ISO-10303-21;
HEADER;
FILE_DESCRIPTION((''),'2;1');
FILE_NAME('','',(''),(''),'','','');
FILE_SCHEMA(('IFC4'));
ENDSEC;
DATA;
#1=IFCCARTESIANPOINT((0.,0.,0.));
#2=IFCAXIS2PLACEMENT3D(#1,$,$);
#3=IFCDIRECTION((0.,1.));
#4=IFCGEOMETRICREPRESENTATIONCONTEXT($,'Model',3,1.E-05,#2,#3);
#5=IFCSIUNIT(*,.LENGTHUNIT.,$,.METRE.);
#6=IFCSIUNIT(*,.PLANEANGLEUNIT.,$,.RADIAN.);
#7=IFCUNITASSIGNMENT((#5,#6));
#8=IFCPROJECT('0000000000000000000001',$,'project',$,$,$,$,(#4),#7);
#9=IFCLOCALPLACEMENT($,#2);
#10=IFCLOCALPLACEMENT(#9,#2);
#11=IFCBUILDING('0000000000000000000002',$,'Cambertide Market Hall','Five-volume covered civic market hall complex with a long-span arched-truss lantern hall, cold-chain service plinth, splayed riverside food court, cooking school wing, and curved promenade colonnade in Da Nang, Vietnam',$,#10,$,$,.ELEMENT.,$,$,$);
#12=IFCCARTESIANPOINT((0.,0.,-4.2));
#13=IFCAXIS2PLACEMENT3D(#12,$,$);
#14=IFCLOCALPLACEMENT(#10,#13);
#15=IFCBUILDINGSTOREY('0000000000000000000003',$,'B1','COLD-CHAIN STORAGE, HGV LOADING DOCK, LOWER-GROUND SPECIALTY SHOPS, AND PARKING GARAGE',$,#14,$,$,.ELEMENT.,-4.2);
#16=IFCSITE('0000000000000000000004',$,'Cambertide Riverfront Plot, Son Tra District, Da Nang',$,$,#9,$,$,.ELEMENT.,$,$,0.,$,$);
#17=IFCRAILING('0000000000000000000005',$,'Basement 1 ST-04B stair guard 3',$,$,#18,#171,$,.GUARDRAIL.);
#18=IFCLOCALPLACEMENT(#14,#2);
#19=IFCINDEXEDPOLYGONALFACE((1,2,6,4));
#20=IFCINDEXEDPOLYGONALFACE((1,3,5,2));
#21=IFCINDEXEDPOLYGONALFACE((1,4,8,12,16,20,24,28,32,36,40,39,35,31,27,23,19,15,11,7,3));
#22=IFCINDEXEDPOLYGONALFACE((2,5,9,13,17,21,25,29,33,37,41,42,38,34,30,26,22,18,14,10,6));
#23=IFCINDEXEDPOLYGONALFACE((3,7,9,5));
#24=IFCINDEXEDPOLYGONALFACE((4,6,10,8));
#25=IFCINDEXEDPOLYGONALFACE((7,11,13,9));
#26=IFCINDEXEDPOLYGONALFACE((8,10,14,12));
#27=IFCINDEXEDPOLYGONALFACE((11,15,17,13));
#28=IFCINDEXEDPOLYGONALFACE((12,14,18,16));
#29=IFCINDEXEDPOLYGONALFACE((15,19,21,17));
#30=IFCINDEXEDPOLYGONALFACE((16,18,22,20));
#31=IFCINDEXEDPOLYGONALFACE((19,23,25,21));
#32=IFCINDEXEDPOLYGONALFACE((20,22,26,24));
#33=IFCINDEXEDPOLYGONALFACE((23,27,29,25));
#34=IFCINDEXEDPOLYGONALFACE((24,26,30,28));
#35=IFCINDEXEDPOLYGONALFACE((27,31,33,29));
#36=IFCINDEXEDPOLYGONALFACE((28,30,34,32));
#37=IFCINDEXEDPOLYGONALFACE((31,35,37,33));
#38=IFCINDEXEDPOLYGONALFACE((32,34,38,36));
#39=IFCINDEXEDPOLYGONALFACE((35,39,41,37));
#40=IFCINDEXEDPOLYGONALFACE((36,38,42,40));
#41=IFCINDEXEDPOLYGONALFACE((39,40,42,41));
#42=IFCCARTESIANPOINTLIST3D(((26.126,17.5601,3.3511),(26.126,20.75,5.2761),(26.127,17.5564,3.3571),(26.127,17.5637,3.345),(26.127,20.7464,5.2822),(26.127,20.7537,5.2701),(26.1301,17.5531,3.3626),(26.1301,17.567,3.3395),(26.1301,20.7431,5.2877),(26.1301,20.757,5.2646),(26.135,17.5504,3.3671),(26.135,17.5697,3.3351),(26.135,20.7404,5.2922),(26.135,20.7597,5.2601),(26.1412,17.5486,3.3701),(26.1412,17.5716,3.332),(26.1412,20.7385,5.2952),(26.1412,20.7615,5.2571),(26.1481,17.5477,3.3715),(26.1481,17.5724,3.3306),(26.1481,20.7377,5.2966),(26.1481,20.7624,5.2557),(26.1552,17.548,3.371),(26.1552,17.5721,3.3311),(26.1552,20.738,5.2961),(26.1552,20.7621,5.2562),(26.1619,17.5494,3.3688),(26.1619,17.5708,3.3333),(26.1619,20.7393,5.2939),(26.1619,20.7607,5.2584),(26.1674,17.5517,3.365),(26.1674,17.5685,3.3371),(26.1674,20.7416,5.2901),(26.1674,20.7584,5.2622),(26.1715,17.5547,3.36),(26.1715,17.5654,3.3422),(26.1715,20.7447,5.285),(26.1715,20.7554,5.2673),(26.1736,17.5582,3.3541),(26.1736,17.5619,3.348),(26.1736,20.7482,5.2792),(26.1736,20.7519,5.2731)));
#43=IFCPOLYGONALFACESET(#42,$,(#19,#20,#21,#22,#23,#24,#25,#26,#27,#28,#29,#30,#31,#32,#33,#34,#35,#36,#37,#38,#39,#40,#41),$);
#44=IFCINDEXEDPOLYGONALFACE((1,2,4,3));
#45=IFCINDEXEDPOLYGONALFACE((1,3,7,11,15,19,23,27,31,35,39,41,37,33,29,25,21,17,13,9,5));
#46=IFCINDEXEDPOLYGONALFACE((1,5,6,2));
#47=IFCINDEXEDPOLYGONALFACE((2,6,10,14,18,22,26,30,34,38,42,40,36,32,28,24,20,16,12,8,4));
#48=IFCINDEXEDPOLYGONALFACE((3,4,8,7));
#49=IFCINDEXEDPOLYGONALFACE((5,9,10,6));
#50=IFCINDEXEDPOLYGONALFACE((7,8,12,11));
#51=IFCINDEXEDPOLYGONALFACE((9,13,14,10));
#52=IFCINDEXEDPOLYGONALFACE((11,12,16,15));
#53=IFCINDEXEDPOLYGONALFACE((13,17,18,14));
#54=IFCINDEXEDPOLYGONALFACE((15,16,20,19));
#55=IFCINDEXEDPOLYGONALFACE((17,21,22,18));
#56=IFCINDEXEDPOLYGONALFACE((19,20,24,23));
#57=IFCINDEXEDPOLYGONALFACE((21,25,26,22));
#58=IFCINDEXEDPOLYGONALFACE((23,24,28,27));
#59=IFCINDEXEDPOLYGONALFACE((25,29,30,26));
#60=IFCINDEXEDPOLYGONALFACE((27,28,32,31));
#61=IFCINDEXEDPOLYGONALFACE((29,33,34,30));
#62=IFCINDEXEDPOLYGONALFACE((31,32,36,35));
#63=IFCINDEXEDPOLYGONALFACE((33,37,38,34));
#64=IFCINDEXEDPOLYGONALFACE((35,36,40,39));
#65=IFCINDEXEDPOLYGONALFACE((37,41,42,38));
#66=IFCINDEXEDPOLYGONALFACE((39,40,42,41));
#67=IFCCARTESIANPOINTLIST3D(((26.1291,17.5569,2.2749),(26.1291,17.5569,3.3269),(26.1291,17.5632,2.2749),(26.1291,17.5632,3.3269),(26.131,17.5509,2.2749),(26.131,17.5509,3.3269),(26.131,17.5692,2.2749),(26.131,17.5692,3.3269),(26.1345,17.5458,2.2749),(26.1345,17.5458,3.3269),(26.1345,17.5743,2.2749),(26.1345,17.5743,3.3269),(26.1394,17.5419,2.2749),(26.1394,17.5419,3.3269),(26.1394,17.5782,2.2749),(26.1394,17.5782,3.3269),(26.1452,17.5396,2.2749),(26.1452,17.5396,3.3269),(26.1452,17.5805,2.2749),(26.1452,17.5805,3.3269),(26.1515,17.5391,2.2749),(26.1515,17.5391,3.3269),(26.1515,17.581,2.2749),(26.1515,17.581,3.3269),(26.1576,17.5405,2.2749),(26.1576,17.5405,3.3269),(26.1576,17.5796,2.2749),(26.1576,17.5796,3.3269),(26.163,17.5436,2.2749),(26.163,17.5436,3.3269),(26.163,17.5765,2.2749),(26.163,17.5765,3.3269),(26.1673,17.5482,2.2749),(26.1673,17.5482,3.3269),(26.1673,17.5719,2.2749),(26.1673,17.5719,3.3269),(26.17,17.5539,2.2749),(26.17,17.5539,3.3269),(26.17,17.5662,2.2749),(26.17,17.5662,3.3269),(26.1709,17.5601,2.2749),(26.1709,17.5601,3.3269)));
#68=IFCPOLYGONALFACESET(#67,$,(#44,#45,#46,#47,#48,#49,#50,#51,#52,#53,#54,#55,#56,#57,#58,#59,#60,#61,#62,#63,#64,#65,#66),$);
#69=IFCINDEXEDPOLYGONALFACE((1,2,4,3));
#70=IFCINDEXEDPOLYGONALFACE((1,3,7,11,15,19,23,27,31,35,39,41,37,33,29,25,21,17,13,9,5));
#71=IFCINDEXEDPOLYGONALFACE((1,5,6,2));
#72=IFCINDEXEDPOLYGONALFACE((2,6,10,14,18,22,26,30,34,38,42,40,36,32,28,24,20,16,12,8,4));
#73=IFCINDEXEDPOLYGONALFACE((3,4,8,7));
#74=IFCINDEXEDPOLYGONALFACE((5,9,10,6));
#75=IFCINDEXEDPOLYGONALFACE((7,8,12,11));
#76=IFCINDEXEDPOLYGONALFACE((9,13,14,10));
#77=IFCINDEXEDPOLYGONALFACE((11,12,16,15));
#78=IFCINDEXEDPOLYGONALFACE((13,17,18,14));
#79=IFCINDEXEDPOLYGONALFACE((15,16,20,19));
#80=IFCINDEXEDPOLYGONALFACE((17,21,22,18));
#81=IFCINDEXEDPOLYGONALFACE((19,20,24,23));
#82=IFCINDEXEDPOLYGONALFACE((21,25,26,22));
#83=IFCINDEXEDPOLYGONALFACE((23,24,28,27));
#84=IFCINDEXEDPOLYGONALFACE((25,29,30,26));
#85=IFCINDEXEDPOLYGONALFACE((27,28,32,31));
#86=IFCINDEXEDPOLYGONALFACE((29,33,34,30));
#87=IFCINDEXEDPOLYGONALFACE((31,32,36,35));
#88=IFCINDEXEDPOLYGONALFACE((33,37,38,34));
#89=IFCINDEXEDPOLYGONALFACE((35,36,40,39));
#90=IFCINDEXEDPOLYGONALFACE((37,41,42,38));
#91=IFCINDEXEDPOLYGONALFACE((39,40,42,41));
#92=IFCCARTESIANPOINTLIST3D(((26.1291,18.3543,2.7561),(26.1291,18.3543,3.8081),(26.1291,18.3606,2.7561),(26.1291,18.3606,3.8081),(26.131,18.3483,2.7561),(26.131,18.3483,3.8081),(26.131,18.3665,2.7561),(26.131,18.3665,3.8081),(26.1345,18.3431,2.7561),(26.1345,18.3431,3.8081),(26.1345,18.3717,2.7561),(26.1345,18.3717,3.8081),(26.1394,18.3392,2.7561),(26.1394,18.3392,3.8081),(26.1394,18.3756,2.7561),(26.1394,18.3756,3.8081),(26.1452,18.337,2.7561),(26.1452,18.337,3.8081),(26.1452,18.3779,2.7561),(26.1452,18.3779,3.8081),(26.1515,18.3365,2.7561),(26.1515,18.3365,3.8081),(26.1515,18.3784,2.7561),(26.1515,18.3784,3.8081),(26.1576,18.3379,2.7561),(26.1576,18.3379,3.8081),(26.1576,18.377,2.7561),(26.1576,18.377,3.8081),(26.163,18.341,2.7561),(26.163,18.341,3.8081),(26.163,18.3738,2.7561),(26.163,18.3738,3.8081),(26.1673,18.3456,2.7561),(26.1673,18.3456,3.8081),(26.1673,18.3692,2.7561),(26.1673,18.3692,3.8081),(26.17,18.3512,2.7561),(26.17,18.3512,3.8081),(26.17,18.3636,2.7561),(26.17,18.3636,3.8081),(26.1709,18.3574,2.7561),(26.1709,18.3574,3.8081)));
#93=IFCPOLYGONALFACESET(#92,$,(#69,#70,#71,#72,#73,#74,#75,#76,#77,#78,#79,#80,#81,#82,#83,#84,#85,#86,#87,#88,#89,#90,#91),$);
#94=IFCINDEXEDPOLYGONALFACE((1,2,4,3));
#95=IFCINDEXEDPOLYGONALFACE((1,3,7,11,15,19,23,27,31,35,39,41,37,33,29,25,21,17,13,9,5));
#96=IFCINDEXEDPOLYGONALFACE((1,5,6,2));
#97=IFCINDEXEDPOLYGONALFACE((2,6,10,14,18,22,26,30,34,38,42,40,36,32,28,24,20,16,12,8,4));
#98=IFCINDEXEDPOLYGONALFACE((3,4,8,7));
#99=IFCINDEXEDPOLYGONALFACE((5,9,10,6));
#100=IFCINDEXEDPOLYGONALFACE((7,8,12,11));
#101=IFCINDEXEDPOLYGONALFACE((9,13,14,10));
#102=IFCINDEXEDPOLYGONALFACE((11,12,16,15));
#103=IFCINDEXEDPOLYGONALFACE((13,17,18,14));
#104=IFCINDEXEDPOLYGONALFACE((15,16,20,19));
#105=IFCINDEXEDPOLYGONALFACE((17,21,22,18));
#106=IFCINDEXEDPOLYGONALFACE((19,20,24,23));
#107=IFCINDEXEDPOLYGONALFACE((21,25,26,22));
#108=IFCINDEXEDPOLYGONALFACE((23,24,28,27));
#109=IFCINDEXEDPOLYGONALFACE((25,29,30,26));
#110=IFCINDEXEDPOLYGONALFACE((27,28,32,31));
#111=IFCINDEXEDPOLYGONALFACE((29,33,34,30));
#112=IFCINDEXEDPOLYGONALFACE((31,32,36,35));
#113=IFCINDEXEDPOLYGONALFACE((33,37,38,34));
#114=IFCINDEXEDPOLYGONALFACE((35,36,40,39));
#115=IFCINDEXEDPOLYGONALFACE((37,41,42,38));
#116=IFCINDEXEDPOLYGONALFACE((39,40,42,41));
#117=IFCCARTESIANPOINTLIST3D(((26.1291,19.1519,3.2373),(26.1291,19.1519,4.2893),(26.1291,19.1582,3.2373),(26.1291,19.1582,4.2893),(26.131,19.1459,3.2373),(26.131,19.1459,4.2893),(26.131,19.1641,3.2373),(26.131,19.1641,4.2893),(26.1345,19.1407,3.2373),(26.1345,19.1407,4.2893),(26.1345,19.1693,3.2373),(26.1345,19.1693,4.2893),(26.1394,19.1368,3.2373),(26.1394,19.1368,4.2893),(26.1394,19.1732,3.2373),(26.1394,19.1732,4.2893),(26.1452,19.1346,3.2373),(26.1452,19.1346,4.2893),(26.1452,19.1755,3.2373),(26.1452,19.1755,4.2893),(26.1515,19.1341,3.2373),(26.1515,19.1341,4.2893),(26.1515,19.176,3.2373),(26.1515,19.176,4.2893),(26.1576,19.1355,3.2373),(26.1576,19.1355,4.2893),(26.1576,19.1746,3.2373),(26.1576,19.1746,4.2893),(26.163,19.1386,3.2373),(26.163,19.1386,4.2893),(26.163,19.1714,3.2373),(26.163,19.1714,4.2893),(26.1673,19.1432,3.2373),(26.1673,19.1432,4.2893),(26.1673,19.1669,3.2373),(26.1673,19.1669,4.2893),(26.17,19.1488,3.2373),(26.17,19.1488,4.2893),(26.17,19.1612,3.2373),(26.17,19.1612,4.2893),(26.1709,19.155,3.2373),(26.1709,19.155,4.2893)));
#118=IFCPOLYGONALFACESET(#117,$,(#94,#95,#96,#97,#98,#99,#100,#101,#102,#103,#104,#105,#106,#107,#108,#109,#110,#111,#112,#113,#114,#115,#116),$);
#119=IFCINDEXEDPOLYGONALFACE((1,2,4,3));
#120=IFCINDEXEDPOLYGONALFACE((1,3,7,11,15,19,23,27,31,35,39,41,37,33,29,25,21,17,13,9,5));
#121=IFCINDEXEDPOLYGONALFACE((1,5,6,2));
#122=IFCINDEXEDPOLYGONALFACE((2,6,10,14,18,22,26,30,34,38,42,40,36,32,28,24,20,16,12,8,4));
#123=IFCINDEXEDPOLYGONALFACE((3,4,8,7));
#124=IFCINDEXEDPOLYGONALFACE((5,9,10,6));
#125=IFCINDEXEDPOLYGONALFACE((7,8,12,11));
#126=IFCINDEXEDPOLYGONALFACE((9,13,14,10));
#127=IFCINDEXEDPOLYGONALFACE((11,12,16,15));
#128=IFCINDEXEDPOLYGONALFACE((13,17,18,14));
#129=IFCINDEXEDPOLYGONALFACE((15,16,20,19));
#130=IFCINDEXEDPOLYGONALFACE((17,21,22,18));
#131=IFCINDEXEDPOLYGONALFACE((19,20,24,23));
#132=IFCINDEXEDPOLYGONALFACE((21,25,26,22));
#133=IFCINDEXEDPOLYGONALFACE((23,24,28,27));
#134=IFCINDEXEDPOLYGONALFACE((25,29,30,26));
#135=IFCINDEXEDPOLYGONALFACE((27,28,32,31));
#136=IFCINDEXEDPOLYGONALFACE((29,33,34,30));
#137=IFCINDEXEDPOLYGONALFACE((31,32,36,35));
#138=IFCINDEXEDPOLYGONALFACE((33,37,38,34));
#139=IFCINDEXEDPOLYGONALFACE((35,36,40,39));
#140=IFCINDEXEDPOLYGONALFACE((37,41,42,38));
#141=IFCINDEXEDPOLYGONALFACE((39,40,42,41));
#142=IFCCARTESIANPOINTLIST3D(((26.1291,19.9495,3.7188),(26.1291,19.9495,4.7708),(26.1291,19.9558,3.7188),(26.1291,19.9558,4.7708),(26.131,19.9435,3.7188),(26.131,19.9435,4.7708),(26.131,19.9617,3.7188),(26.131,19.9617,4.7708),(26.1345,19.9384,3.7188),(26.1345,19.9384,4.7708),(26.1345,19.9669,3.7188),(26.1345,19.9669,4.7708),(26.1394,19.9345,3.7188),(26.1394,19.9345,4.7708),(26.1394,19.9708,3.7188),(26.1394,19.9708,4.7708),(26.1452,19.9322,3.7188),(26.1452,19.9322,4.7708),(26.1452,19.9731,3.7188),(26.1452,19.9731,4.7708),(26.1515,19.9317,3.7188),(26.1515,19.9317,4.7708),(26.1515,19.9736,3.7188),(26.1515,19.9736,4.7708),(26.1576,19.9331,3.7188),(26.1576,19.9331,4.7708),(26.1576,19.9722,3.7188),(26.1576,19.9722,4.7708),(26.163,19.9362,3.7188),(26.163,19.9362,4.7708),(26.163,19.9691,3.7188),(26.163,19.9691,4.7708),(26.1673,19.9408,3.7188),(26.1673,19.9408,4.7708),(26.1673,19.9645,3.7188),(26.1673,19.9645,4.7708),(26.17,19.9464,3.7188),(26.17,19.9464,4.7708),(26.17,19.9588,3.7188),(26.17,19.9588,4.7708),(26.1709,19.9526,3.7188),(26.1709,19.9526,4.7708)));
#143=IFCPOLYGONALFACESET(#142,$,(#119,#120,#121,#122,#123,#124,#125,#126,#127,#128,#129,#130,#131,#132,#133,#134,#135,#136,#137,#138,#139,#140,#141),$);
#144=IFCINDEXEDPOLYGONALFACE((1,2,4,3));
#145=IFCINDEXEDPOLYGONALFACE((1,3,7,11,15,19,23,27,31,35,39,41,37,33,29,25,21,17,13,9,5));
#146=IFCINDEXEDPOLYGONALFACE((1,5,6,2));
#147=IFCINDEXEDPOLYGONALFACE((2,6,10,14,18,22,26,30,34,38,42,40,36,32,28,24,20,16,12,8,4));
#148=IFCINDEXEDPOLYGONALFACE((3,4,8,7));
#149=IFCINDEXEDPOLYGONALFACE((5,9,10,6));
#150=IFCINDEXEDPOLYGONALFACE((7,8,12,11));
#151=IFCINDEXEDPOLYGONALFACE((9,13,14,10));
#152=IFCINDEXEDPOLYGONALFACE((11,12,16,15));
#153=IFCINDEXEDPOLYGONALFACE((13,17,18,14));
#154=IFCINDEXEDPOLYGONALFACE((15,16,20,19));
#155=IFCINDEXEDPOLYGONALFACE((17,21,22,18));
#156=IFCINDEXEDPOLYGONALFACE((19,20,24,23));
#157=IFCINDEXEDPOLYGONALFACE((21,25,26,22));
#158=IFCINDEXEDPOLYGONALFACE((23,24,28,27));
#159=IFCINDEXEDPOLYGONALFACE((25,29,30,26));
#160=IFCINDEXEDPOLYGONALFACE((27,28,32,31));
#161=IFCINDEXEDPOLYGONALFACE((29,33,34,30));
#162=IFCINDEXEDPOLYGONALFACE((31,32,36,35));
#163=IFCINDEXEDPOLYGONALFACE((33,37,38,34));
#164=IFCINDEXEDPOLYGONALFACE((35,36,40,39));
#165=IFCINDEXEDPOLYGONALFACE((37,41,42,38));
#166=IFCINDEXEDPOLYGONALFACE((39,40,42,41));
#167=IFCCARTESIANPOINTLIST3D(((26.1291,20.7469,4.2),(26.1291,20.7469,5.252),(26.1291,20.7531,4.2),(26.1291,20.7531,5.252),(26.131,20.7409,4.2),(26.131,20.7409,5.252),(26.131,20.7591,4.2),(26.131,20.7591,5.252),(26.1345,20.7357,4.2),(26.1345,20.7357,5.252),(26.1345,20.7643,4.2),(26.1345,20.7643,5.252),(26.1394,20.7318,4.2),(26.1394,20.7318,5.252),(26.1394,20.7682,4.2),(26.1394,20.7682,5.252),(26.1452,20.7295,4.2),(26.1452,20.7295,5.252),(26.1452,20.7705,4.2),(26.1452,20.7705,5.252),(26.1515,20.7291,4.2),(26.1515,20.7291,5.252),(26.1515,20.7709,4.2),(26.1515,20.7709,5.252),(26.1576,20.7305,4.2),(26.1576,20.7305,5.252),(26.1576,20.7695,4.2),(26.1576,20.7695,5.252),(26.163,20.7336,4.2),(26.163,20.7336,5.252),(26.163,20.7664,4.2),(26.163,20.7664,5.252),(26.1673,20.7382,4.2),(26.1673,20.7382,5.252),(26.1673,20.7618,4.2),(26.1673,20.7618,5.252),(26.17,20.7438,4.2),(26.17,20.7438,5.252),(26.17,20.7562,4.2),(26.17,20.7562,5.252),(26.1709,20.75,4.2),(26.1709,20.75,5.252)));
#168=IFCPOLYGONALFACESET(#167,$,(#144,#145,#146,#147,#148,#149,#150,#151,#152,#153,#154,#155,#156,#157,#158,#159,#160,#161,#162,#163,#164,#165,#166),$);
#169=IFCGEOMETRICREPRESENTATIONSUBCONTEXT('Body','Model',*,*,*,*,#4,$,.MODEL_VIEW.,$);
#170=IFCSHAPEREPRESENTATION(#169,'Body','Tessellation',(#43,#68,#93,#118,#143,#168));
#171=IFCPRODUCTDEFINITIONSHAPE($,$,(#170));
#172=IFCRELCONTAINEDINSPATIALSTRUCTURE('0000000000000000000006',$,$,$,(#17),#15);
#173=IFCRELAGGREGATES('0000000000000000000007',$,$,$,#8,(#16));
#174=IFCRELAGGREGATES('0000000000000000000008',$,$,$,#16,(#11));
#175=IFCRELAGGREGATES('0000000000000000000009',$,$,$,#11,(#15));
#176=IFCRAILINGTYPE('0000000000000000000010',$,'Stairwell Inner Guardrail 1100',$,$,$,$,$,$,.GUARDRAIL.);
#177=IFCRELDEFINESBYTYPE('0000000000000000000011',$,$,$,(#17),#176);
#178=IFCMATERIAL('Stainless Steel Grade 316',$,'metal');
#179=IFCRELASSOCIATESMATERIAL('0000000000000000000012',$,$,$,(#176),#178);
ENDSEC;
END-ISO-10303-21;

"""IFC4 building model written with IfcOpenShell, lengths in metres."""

from ifc_helpers import new_model, si_unit, direction, frame, origin, origin_2d, place, context, subcontext, project, spatial, circle, extrude, material, type_object, element, save


model = new_model("IFC4")

# Units and contexts
model_context = context("Model", 3, precision=1e-05, world=origin(), true_north=direction((0.0, 1.0)))
body_context = subcontext(model_context, "Body", "Model", "MODEL_VIEW")
ifc_project = project(units=[si_unit("LENGTHUNIT", "METRE"), si_unit("PLANEANGLEUNIT", "RADIAN")], contexts=[model_context])

# Site, building, storey
site_placement = place(None, origin())
site = spatial("IfcSite", under=ifc_project, at=site_placement, Name="Cambertide Riverfront Plot, Son Tra District, Da Nang", CompositionType="ELEMENT", RefElevation=0.0)
building_placement = place(site_placement, origin())
building = spatial("IfcBuilding", under=site, at=building_placement, Name="Cambertide Market Hall", Description="Five-volume covered civic market hall complex with a long-span arched-truss lantern hall, cold-chain service plinth, splayed riverside food court, cooking school wing, and curved promenade colonnade in Da Nang, Vietnam", CompositionType="ELEMENT")
storey_placement = place(building_placement, frame((0.0, 0.0, -4.2)))
storey = spatial("IfcBuildingStorey", under=building, at=storey_placement, Name="B1", Description="COLD-CHAIN STORAGE, HGV LOADING DOCK, LOWER-GROUND SPECIALTY SHOPS, AND PARKING GARAGE", CompositionType="ELEMENT", Elevation=-4.2)

# Railing
ifc_material_1 = material(Name="Stainless Steel Grade 316", Category="metal")
railing_type_1 = type_object("IfcRailingType", Name="Stairwell Inner Guardrail 1100", PredefinedType="GUARDRAIL", material=ifc_material_1)
railing_1_placement = place(storey_placement, frame((26.1499, 17.5601, 2.2749)))
element("IfcRailing", 1, at=railing_1_placement, inside=storey, type_object=railing_type_1, Name="Basement 1 ST-04B stair guard 3", PredefinedType="GUARDRAIL", context=body_context, shape_type="SweptSolid", body=[
    extrude(circle(Radius=0.0239, at=origin_2d()), frame((0.0, 0.0, 1.0762), z_axis=(0.0, 0.856178, 0.516682), x_axis=(-1.0, 0.0, 0.0)), (0.0, 0.0, 1.0), 3.7258),
    extrude(circle(Radius=0.021, at=origin_2d()), origin(), (0.0, 0.0, 1.0), 1.052),
    extrude(circle(Radius=0.021, at=origin_2d()), frame((0.0, 0.7974, 0.4812)), (0.0, 0.0, 1.0), 1.052),
    extrude(circle(Radius=0.021, at=origin_2d()), frame((0.0, 1.595, 0.9624)), (0.0, 0.0, 1.0), 1.052),
    extrude(circle(Radius=0.021, at=origin_2d()), frame((0.0, 2.3926, 1.4438)), (0.0, 0.0, 1.0), 1.052),
    extrude(circle(Radius=0.021, at=origin_2d()), frame((0.0, 3.1899, 1.925)), (0.0, 0.0, 1.0), 1.052),
])

save(model, "model.ifc")
